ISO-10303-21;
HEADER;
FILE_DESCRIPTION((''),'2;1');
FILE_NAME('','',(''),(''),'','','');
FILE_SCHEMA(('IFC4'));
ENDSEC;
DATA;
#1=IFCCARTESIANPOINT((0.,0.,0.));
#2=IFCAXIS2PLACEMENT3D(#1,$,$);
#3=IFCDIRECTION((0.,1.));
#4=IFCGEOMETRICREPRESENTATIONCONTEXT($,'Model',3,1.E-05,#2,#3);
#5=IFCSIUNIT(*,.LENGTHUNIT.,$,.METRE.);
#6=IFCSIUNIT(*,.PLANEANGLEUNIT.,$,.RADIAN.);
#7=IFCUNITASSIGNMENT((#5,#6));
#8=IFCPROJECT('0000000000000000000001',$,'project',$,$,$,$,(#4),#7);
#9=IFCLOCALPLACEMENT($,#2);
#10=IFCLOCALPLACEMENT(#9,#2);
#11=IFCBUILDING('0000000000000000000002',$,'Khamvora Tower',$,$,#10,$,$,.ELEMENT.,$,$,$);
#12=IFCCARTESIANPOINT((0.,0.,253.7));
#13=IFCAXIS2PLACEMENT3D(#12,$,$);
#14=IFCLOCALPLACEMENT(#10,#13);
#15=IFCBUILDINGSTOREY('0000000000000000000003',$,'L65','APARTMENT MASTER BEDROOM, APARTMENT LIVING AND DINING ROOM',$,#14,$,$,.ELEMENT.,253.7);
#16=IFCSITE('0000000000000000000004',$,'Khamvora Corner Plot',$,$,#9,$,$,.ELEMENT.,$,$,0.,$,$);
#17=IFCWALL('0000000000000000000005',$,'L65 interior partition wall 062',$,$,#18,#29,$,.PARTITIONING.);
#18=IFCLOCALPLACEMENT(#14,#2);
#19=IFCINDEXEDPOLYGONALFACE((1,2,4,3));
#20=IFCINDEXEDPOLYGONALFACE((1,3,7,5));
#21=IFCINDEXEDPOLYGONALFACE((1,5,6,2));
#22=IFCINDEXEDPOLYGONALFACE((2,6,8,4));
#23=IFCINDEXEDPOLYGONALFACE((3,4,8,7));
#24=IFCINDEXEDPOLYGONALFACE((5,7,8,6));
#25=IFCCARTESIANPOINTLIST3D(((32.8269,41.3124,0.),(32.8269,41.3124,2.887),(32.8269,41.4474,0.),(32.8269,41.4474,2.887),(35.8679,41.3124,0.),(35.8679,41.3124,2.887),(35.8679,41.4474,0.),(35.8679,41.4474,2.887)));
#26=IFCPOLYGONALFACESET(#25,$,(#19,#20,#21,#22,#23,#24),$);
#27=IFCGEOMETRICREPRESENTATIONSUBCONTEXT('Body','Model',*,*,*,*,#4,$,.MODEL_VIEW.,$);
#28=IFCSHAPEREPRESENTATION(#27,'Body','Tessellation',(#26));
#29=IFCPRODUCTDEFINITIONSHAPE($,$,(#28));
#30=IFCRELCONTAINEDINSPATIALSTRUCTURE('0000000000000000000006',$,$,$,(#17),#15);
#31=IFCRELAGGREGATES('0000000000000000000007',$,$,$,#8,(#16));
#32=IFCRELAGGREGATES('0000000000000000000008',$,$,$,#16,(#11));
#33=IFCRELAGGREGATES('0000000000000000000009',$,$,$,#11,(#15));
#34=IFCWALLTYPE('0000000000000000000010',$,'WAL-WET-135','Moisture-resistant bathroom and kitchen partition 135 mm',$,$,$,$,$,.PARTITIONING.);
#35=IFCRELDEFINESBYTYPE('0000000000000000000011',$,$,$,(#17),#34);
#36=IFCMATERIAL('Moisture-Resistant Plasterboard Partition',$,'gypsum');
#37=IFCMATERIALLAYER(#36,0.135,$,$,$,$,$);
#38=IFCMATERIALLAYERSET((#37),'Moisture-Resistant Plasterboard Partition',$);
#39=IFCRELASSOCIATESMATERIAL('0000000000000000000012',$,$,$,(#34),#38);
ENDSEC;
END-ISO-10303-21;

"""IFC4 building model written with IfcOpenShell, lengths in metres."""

from ifc_helpers import new_model, si_unit, direction, frame, frame_2d, origin, place, context, subcontext, project, spatial, rectangle, extrude, material, layer, layer_set, type_object, element, save


model = new_model("IFC4")

# Units and contexts
model_context = context("Model", 3, precision=1e-05, world=origin(), true_north=direction((0.0, 1.0)))
body_context = subcontext(model_context, "Body", "Model", "MODEL_VIEW")
ifc_project = project(units=[si_unit("LENGTHUNIT", "METRE"), si_unit("PLANEANGLEUNIT", "RADIAN")], contexts=[model_context])

# Site, building, storey
site_placement = place(None, origin())
site = spatial("IfcSite", under=ifc_project, at=site_placement, Name="Khamvora Corner Plot", CompositionType="ELEMENT", RefElevation=0.0)
building_placement = place(site_placement, origin())
building = spatial("IfcBuilding", under=site, at=building_placement, Name="Khamvora Tower", CompositionType="ELEMENT")
storey_placement = place(building_placement, frame((0.0, 0.0, 253.7)))
storey = spatial("IfcBuildingStorey", under=building, at=storey_placement, Name="L65", Description="APARTMENT MASTER BEDROOM, APARTMENT LIVING AND DINING ROOM", CompositionType="ELEMENT", Elevation=253.7)

# Shared definitions
ifc_material_1 = material(Name="Moisture-Resistant Plasterboard Partition", Category="gypsum")
ifc_layer_1 = layer(ifc_material_1, 0.135)
ifc_layer_set_1 = layer_set([ifc_layer_1], Name="Moisture-Resistant Plasterboard Partition")
wall_type_1 = type_object("IfcWallType", Name="WAL-WET-135", Description="Moisture-resistant bathroom and kitchen partition 135 mm", PredefinedType="PARTITIONING", material=ifc_layer_set_1)

# Wall
wall_1_placement = place(storey_placement, frame((32.8269, 41.3799, 0.0), z_axis=(0.0, 0.0, 1.0), x_axis=(1.0, 0.0, 0.0)))
element("IfcWall", 1, at=wall_1_placement, inside=storey, type_object=wall_type_1, Name="L65 interior partition wall 062", PredefinedType="PARTITIONING", context=body_context, shape_type="SweptSolid", body=[
    extrude(rectangle(XDim=3.041, YDim=0.135, at=frame_2d((1.5205, 0.0))), origin(), (0.0, 0.0, 1.0), 2.887),
])

save(model, "model.ifc")
